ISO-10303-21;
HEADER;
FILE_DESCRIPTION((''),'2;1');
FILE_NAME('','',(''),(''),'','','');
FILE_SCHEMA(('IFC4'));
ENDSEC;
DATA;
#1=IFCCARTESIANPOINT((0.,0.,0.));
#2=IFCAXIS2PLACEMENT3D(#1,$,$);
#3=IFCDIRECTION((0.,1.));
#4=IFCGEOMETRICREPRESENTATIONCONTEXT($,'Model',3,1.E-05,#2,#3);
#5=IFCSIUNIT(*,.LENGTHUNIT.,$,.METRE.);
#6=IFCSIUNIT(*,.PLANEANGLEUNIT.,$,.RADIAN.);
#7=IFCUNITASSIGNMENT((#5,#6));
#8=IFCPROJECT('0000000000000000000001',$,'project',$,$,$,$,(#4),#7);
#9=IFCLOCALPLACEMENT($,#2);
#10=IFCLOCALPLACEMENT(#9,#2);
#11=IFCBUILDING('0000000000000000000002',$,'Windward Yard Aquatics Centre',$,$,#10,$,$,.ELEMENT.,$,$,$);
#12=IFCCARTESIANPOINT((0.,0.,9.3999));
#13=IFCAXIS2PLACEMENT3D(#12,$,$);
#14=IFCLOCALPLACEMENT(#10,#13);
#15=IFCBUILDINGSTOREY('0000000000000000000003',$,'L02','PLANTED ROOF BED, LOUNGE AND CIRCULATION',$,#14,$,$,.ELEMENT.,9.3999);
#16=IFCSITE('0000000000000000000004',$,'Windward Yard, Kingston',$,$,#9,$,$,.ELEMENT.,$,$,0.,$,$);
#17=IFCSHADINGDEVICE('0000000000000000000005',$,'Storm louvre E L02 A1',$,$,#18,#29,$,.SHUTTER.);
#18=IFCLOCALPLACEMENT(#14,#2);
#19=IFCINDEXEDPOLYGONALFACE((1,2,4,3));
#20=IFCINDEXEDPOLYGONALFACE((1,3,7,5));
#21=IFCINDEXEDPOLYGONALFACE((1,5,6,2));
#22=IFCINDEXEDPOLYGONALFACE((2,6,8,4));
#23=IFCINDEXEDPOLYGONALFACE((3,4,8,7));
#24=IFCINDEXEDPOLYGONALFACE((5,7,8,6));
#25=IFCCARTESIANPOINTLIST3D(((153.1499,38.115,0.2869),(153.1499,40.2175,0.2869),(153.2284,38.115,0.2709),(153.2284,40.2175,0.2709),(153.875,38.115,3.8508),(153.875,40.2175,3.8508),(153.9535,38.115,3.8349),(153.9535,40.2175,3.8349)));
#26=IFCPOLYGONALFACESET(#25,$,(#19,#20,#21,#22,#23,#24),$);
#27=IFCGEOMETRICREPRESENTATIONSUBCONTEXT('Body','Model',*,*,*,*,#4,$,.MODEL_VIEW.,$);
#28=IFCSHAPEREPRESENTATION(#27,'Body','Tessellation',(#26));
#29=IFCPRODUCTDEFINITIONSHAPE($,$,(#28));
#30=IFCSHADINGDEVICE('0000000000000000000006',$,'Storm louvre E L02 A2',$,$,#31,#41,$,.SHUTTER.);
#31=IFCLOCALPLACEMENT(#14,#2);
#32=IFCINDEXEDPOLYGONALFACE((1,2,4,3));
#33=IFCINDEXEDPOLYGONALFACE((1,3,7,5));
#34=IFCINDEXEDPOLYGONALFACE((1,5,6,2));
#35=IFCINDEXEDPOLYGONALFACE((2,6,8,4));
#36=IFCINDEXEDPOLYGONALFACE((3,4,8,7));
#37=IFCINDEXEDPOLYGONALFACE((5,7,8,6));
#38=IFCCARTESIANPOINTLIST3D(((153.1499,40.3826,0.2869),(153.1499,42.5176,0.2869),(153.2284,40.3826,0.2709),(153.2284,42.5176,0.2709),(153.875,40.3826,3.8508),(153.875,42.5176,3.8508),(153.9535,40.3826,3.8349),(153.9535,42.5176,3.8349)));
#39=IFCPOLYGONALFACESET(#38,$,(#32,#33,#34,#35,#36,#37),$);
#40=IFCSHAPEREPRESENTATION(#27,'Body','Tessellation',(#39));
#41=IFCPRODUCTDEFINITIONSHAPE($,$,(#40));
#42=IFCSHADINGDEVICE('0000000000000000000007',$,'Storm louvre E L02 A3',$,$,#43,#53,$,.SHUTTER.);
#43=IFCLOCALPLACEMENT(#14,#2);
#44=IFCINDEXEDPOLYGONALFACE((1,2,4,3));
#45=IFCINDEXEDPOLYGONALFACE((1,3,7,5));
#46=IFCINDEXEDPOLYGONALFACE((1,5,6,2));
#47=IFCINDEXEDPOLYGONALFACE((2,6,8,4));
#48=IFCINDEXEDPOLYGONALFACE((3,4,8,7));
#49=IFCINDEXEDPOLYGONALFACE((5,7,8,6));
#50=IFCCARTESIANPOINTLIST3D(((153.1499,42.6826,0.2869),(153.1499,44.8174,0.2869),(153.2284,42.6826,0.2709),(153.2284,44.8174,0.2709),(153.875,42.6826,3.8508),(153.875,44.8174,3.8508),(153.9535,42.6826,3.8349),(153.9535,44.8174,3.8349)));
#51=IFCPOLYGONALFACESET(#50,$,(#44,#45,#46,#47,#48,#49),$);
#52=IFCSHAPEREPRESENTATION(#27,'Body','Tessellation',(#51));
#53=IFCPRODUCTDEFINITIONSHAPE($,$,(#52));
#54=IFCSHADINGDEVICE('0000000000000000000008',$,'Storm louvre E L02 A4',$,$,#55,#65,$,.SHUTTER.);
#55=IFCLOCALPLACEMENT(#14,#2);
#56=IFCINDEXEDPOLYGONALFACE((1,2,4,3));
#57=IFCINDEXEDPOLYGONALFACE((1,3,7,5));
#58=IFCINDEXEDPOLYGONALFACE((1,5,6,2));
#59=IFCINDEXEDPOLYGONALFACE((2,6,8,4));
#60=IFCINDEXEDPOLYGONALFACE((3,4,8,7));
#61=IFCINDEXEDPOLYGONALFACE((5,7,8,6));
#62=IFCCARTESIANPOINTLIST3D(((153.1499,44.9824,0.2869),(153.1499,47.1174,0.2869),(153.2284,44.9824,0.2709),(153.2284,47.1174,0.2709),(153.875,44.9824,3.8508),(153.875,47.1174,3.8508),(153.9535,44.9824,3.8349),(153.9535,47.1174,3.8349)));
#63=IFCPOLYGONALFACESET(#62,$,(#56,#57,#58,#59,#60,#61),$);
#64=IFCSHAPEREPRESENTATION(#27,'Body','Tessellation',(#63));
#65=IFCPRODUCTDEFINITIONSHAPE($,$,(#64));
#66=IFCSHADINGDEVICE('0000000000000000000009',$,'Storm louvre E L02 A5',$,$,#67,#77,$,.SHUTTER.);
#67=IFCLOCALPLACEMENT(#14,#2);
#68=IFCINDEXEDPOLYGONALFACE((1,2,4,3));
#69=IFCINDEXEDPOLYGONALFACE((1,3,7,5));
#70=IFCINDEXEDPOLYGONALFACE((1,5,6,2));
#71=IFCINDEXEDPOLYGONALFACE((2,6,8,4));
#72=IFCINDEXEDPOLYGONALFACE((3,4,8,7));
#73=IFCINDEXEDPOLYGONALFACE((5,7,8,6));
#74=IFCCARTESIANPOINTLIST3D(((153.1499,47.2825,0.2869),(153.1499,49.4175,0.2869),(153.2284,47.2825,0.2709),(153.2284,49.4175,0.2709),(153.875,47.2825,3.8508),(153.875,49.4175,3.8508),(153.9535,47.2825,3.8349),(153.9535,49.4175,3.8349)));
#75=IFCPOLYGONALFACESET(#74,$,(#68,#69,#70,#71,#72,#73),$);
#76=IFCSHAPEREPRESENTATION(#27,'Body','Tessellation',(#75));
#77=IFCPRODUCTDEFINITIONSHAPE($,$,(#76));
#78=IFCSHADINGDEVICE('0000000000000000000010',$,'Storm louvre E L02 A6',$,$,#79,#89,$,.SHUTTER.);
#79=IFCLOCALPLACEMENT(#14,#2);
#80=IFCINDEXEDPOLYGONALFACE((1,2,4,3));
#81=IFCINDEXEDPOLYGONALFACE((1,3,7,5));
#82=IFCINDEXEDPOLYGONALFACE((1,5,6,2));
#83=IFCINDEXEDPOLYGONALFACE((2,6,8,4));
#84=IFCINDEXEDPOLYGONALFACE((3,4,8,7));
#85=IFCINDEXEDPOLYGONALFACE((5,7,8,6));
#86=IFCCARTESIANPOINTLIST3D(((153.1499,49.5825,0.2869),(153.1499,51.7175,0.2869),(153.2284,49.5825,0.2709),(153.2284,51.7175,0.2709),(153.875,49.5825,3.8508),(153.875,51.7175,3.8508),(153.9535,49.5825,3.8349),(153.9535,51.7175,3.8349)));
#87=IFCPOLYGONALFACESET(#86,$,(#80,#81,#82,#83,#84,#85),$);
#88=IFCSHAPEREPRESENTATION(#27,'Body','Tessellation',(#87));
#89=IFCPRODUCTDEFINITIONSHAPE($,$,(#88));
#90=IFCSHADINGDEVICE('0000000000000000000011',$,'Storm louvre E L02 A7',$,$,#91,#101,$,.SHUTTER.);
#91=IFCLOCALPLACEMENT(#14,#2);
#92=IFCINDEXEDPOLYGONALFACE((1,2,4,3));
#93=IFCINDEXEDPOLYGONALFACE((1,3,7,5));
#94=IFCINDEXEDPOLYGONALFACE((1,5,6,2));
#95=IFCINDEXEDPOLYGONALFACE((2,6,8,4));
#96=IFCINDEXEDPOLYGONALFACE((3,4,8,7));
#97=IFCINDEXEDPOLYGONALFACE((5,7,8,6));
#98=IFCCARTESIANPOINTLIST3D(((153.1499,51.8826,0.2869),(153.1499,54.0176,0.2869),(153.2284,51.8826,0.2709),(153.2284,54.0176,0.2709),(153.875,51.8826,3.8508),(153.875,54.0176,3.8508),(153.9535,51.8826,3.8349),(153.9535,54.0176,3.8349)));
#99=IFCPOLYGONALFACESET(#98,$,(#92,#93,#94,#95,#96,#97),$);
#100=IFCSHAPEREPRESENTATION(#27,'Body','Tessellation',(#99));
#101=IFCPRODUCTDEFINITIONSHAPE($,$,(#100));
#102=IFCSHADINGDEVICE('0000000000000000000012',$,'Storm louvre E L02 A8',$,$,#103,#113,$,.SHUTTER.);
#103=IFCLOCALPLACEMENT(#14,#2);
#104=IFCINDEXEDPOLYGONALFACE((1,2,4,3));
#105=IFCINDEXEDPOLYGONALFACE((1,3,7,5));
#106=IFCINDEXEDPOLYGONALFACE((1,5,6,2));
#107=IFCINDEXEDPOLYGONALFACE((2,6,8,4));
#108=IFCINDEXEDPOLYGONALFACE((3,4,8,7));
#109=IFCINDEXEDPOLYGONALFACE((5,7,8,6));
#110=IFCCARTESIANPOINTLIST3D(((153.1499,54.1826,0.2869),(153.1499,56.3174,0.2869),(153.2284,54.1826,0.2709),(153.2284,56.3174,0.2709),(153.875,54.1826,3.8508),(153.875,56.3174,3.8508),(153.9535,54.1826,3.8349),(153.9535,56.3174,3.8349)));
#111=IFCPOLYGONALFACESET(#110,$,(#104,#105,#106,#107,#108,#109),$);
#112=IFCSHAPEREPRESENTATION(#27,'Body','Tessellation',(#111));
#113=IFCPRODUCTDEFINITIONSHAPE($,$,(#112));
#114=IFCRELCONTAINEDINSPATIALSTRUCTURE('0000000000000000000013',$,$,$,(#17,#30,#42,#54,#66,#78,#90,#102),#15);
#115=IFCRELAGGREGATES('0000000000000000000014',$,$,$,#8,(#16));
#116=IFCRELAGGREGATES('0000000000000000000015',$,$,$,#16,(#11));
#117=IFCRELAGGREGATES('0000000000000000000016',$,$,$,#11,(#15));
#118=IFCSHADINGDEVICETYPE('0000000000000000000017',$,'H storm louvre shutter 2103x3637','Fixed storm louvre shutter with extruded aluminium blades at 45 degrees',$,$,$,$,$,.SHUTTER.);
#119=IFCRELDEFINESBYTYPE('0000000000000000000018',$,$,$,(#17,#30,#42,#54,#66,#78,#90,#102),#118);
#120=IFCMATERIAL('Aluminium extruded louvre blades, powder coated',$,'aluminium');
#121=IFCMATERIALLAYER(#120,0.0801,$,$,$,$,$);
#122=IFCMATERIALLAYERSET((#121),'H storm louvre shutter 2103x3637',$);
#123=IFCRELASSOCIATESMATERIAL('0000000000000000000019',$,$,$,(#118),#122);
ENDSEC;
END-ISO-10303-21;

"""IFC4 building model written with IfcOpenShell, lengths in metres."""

from ifc_helpers import new_model, si_unit, direction, frame, origin, place, context, subcontext, project, spatial, polyline, outline, extrude, material, layer, layer_set, type_object, element, save


model = new_model("IFC4")

# Units and contexts
model_context = context("Model", 3, precision=1e-05, world=origin(), true_north=direction((0.0, 1.0)))
body_context = subcontext(model_context, "Body", "Model", "MODEL_VIEW")
ifc_project = project(units=[si_unit("LENGTHUNIT", "METRE"), si_unit("PLANEANGLEUNIT", "RADIAN")], contexts=[model_context])

# Site, building, storey
site_placement = place(None, origin())
site = spatial("IfcSite", under=ifc_project, at=site_placement, Name="Windward Yard, Kingston", CompositionType="ELEMENT", RefElevation=0.0)
building_placement = place(site_placement, origin())
building = spatial("IfcBuilding", under=site, at=building_placement, Name="Windward Yard Aquatics Centre", CompositionType="ELEMENT")
storey_placement = place(building_placement, frame((0.0, 0.0, 9.3999)))
storey = spatial("IfcBuildingStorey", under=building, at=storey_placement, Name="L02", Description="PLANTED ROOF BED, LOUNGE AND CIRCULATION", CompositionType="ELEMENT", Elevation=9.3999)

# Shading devices
ifc_material_1 = material(Name="Aluminium extruded louvre blades, powder coated", Category="aluminium")
ifc_layer_1 = layer(ifc_material_1, 0.0801)
ifc_layer_set_1 = layer_set([ifc_layer_1], Name="H storm louvre shutter 2103x3637")
shading_device_type = type_object("IfcShadingDeviceType", Name="H storm louvre shutter 2103x3637", Description="Fixed storm louvre shutter with extruded aluminium blades at 45 degrees", PredefinedType="SHUTTER", material=ifc_layer_set_1)
shading_device_1_placement = place(storey_placement, frame((153.1499, 38.115, 0.2869), z_axis=(-0.979925, 0.0, 0.199368), x_axis=(0.0, 1.0, 0.0)))
element("IfcShadingDevice", 1, at=shading_device_1_placement, inside=storey, type_object=shading_device_type, Name="Storm louvre E L02 A1", PredefinedType="SHUTTER", context=body_context, shape_type="SweptSolid", body=[
    extrude(outline(polyline([(0.0, 0.0), (2.1025, 0.0), (2.1025, -3.637), (0.0, -3.637), (0.0, 0.0)])), origin(), (0.0, 0.0, -1.0), 0.0801),
])
shading_device_2_placement = place(storey_placement, frame((153.1499, 40.3826, 0.2869), z_axis=(-0.979925, 0.0, 0.199368), x_axis=(0.0, 1.0, 0.0)))
element("IfcShadingDevice", 2, at=shading_device_2_placement, inside=storey, type_object=shading_device_type, Name="Storm louvre E L02 A2", PredefinedType="SHUTTER", context=body_context, shape_type="SweptSolid", body=[
    extrude(outline(polyline([(0.0, 0.0), (2.135, 0.0), (2.135, -3.637), (0.0, -3.637), (0.0, 0.0)])), origin(), (0.0, 0.0, -1.0), 0.0801),
])
shading_device_3_placement = place(storey_placement, frame((153.1499, 42.6826, 0.2869), z_axis=(-0.979925, 0.0, 0.199368), x_axis=(0.0, 1.0, 0.0)))
element("IfcShadingDevice", 3, at=shading_device_3_placement, inside=storey, type_object=shading_device_type, Name="Storm louvre E L02 A3", PredefinedType="SHUTTER", context=body_context, shape_type="SweptSolid", body=[
    extrude(outline(polyline([(0.0, 0.0), (2.1348, 0.0), (2.1348, -3.637), (0.0, -3.637), (0.0, 0.0)])), origin(), (0.0, 0.0, -1.0), 0.0801),
])
for number, where, z_axis, x_axis, name in (
    (4, (153.1499, 44.9824, 0.2869), (-0.979925, 0.0, 0.199368), (0.0, 1.0, 0.0), "Storm louvre E L02 A4"),
    (5, (153.1499, 47.2825, 0.2869), (-0.979925, 0.0, 0.199368), (0.0, 1.0, 0.0), "Storm louvre E L02 A5"),
    (6, (153.1499, 49.5825, 0.2869), (-0.979925, 0.0, 0.199368), (0.0, 1.0, 0.0), "Storm louvre E L02 A6"),
    (7, (153.1499, 51.8826, 0.2869), (-0.979925, 0.0, 0.199368), (0.0, 1.0, 0.0), "Storm louvre E L02 A7"),
):
    element("IfcShadingDevice", number, at=place(storey_placement, frame(where, z_axis=z_axis, x_axis=x_axis)), inside=storey, type_object=shading_device_type, Name=name, PredefinedType="SHUTTER", context=body_context, shape_type="SweptSolid", body=[
        extrude(outline(polyline([(0.0, 0.0), (2.135, 0.0), (2.135, -3.637), (0.0, -3.637), (0.0, 0.0)])), origin(), (0.0, 0.0, -1.0), 0.0801),
    ])
shading_device_4_placement = place(storey_placement, frame((153.1499, 54.1826, 0.2869), z_axis=(-0.979925, 0.0, 0.199368), x_axis=(0.0, 1.0, 0.0)))
element("IfcShadingDevice", 8, at=shading_device_4_placement, inside=storey, type_object=shading_device_type, Name="Storm louvre E L02 A8", PredefinedType="SHUTTER", context=body_context, shape_type="SweptSolid", body=[
    extrude(outline(polyline([(0.0, 0.0), (2.1348, 0.0), (2.1348, -3.637), (0.0, -3.637), (0.0, 0.0)])), origin(), (0.0, 0.0, -1.0), 0.0801),
])

save(model, "model.ifc")
